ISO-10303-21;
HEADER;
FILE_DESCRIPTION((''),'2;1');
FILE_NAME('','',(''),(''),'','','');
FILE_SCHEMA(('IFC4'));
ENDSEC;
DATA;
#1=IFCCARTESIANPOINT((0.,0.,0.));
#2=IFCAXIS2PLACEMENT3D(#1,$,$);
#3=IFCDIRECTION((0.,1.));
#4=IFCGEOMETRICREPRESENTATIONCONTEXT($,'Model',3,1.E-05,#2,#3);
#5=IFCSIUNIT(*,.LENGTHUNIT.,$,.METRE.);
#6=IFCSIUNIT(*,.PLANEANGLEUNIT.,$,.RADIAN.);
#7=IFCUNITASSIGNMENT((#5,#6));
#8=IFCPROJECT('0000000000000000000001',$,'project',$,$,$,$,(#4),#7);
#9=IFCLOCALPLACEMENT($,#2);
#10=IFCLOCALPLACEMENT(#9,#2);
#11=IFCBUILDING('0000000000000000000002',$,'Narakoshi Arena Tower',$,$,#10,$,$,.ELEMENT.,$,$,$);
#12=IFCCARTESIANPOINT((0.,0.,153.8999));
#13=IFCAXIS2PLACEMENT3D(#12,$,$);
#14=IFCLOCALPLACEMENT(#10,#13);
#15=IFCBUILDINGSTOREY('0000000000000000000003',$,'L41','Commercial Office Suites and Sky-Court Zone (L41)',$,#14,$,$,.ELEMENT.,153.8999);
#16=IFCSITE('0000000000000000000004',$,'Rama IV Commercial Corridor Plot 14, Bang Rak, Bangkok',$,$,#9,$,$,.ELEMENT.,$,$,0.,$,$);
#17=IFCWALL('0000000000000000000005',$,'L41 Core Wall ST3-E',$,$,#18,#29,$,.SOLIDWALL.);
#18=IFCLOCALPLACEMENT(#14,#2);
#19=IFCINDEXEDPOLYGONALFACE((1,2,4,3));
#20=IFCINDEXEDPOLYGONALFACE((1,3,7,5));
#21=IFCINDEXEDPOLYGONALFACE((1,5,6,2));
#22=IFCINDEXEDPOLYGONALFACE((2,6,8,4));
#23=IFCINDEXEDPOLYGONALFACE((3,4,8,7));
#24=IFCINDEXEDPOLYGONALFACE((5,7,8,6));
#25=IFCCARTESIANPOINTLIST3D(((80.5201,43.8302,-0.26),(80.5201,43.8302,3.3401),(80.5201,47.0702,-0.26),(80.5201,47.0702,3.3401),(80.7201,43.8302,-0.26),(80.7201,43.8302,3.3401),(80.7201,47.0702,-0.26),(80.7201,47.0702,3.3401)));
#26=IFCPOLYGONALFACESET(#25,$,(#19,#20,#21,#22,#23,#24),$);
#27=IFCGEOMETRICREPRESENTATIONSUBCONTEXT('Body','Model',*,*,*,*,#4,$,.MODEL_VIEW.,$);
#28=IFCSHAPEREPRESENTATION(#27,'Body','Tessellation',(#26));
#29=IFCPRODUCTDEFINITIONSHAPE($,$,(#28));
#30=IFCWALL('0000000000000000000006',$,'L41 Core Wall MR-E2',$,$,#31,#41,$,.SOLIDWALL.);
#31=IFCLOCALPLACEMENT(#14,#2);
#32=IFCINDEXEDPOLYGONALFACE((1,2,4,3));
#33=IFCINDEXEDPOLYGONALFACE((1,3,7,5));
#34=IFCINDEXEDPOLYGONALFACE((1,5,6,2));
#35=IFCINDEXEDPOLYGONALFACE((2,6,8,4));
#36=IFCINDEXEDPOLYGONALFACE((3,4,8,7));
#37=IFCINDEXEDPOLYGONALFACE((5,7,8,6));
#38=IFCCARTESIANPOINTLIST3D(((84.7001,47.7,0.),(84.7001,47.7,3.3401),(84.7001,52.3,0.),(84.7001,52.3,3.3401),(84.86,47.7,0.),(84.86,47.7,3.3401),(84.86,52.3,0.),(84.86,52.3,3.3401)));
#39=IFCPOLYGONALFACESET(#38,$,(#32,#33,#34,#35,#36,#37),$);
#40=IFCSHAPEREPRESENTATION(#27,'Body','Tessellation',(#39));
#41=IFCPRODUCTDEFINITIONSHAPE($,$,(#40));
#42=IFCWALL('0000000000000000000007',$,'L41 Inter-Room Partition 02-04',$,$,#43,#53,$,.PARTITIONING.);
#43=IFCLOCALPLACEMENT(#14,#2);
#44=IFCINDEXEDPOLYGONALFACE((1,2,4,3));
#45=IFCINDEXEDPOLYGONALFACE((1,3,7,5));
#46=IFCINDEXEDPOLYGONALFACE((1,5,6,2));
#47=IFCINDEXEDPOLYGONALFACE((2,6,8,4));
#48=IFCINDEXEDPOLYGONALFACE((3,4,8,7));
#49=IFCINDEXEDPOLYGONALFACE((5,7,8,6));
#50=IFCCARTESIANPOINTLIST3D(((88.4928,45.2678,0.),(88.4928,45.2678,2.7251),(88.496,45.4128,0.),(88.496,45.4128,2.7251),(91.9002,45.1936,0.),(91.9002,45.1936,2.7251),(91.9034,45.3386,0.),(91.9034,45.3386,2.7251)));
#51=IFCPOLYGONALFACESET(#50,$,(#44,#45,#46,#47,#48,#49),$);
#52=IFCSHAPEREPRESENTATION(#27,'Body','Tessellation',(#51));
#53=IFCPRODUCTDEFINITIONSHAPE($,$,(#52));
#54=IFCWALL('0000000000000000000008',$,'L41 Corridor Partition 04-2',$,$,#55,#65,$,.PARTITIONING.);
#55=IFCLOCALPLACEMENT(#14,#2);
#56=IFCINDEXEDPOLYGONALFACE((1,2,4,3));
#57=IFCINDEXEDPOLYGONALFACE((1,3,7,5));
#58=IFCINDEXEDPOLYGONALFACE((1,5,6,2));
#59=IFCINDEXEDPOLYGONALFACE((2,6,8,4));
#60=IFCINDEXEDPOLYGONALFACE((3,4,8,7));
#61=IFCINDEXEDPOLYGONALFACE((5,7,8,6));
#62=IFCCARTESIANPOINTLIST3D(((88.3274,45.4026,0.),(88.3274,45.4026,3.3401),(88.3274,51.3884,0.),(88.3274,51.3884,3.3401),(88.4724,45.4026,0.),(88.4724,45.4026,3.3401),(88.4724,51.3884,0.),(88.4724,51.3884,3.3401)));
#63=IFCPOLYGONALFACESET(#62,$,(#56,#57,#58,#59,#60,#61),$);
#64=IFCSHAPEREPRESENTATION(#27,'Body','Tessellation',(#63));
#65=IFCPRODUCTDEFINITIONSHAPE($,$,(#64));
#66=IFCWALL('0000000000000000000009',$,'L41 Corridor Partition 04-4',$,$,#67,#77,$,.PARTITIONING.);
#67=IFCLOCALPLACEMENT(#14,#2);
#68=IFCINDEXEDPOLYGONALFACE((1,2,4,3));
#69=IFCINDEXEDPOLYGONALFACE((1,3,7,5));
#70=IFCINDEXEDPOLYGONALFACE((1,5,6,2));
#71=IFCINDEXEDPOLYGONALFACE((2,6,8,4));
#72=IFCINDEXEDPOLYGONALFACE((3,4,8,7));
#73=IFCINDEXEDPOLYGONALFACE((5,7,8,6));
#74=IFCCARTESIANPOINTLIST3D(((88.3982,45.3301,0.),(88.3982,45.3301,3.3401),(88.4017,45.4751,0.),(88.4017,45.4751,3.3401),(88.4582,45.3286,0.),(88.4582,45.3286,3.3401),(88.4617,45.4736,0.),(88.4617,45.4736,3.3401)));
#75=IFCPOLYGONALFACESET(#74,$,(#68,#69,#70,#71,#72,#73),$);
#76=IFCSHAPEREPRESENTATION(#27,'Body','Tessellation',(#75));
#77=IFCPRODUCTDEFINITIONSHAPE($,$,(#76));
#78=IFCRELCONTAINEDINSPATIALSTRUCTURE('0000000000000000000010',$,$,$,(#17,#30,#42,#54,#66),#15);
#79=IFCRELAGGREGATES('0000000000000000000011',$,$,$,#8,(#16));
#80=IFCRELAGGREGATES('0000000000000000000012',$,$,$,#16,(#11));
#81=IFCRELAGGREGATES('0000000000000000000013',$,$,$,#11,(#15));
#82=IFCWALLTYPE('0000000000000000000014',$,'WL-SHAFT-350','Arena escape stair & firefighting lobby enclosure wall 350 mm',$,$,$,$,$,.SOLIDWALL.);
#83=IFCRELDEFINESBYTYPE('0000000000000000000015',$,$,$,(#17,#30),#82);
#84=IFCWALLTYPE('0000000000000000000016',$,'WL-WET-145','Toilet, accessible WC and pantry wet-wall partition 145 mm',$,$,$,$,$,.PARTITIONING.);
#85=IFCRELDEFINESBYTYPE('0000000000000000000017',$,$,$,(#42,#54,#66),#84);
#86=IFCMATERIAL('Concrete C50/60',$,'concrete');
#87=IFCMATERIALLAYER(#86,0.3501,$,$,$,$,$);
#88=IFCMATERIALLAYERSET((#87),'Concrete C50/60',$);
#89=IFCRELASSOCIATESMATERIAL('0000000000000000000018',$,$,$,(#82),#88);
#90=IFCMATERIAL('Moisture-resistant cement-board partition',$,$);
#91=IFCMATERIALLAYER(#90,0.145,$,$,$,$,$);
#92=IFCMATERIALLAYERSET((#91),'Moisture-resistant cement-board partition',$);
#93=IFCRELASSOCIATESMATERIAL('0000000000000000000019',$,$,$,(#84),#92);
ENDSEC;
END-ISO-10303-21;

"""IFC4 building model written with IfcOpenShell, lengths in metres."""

from ifc_helpers import new_model, si_unit, direction, frame, frame_2d, origin, place, context, subcontext, project, spatial, rectangle, extrude, material, layer, layer_set, type_object, element, save


model = new_model("IFC4")

# Units and contexts
model_context = context("Model", 3, precision=1e-05, world=origin(), true_north=direction((0.0, 1.0)))
body_context = subcontext(model_context, "Body", "Model", "MODEL_VIEW")
ifc_project = project(units=[si_unit("LENGTHUNIT", "METRE"), si_unit("PLANEANGLEUNIT", "RADIAN")], contexts=[model_context])

# Site, building, storey
site_placement = place(None, origin())
site = spatial("IfcSite", under=ifc_project, at=site_placement, Name="Rama IV Commercial Corridor Plot 14, Bang Rak, Bangkok", CompositionType="ELEMENT", RefElevation=0.0)
building_placement = place(site_placement, origin())
building = spatial("IfcBuilding", under=site, at=building_placement, Name="Narakoshi Arena Tower", CompositionType="ELEMENT")
storey_placement = place(building_placement, frame((0.0, 0.0, 153.8999)))
storey = spatial("IfcBuildingStorey", under=building, at=storey_placement, Name="L41", Description="Commercial Office Suites and Sky-Court Zone (L41)", CompositionType="ELEMENT", Elevation=153.8999)

# Walls
ifc_material_1 = material(Name="Concrete C50/60", Category="concrete")
ifc_layer_1 = layer(ifc_material_1, 0.3501)
ifc_layer_set_1 = layer_set([ifc_layer_1], Name="Concrete C50/60")
wall_type_1 = type_object("IfcWallType", Name="WL-SHAFT-350", Description="Arena escape stair & firefighting lobby enclosure wall 350 mm", PredefinedType="SOLIDWALL", material=ifc_layer_set_1)
wall_1_placement = place(storey_placement, frame((80.6201, 43.8301, -0.26), z_axis=(0.0, 0.0, 1.0), x_axis=(0.0, 1.0, 0.0)))
element("IfcWall", 1, at=wall_1_placement, inside=storey, type_object=wall_type_1, Name="L41 Core Wall ST3-E", PredefinedType="SOLIDWALL", context=body_context, shape_type="SweptSolid", body=[
    extrude(rectangle(XDim=3.24, YDim=0.2, at=frame_2d((1.6201, 0.0))), origin(), (0.0, 0.0, 1.0), 3.6001),
])
wall_2_placement = place(storey_placement, frame((84.78, 47.7, 0.0), z_axis=(0.0, 0.0, 1.0), x_axis=(0.0, 1.0, 0.0)))
element("IfcWall", 2, at=wall_2_placement, inside=storey, type_object=wall_type_1, Name="L41 Core Wall MR-E2", PredefinedType="SOLIDWALL", context=body_context, shape_type="SweptSolid", body=[
    extrude(rectangle(XDim=4.6001, YDim=0.1599, at=frame_2d((2.3, 0.0))), origin(), (0.0, 0.0, 1.0), 3.3401),
])
ifc_material_2 = material(Name="Moisture-resistant cement-board partition")
ifc_layer_2 = layer(ifc_material_2, 0.145)
ifc_layer_set_2 = layer_set([ifc_layer_2], Name="Moisture-resistant cement-board partition")
wall_type_2 = type_object("IfcWallType", Name="WL-WET-145", Description="Toilet, accessible WC and pantry wet-wall partition 145 mm", PredefinedType="PARTITIONING", material=ifc_layer_set_2)
wall_3_placement = place(storey_placement, frame((88.4944, 45.3403, 0.0), z_axis=(0.0, 0.0, 1.0), x_axis=(0.999763, -0.021776, 0.0)))
element("IfcWall", 3, at=wall_3_placement, inside=storey, type_object=wall_type_2, Name="L41 Inter-Room Partition 02-04", PredefinedType="PARTITIONING", context=body_context, shape_type="SweptSolid", body=[
    extrude(rectangle(XDim=3.4082, YDim=0.145, at=frame_2d((1.7041, 0.0))), origin(), (0.0, 0.0, 1.0), 2.7251),
])
wall_4_placement = place(storey_placement, frame((88.3999, 45.4026, 0.0), z_axis=(0.0, 0.0, 1.0), x_axis=(0.0, 1.0, 0.0)))
element("IfcWall", 4, at=wall_4_placement, inside=storey, type_object=wall_type_2, Name="L41 Corridor Partition 04-2", PredefinedType="PARTITIONING", context=body_context, shape_type="SweptSolid", body=[
    extrude(rectangle(XDim=5.9858, YDim=0.145, at=frame_2d((2.9929, 0.0))), origin(), (0.0, 0.0, 1.0), 3.3401),
])
wall_5_placement = place(storey_placement, frame((88.46, 45.4011, 0.0), z_axis=(0.0, 0.0, 1.0), x_axis=(-0.999703, 0.024383, 0.0)))
element("IfcWall", 5, at=wall_5_placement, inside=storey, type_object=wall_type_2, Name="L41 Corridor Partition 04-4", PredefinedType="PARTITIONING", context=body_context, shape_type="SweptSolid", body=[
    extrude(rectangle(XDim=0.0601, YDim=0.145, at=frame_2d((0.03, 0.0))), origin(), (0.0, 0.0, 1.0), 3.3401),
])

save(model, "model.ifc")
